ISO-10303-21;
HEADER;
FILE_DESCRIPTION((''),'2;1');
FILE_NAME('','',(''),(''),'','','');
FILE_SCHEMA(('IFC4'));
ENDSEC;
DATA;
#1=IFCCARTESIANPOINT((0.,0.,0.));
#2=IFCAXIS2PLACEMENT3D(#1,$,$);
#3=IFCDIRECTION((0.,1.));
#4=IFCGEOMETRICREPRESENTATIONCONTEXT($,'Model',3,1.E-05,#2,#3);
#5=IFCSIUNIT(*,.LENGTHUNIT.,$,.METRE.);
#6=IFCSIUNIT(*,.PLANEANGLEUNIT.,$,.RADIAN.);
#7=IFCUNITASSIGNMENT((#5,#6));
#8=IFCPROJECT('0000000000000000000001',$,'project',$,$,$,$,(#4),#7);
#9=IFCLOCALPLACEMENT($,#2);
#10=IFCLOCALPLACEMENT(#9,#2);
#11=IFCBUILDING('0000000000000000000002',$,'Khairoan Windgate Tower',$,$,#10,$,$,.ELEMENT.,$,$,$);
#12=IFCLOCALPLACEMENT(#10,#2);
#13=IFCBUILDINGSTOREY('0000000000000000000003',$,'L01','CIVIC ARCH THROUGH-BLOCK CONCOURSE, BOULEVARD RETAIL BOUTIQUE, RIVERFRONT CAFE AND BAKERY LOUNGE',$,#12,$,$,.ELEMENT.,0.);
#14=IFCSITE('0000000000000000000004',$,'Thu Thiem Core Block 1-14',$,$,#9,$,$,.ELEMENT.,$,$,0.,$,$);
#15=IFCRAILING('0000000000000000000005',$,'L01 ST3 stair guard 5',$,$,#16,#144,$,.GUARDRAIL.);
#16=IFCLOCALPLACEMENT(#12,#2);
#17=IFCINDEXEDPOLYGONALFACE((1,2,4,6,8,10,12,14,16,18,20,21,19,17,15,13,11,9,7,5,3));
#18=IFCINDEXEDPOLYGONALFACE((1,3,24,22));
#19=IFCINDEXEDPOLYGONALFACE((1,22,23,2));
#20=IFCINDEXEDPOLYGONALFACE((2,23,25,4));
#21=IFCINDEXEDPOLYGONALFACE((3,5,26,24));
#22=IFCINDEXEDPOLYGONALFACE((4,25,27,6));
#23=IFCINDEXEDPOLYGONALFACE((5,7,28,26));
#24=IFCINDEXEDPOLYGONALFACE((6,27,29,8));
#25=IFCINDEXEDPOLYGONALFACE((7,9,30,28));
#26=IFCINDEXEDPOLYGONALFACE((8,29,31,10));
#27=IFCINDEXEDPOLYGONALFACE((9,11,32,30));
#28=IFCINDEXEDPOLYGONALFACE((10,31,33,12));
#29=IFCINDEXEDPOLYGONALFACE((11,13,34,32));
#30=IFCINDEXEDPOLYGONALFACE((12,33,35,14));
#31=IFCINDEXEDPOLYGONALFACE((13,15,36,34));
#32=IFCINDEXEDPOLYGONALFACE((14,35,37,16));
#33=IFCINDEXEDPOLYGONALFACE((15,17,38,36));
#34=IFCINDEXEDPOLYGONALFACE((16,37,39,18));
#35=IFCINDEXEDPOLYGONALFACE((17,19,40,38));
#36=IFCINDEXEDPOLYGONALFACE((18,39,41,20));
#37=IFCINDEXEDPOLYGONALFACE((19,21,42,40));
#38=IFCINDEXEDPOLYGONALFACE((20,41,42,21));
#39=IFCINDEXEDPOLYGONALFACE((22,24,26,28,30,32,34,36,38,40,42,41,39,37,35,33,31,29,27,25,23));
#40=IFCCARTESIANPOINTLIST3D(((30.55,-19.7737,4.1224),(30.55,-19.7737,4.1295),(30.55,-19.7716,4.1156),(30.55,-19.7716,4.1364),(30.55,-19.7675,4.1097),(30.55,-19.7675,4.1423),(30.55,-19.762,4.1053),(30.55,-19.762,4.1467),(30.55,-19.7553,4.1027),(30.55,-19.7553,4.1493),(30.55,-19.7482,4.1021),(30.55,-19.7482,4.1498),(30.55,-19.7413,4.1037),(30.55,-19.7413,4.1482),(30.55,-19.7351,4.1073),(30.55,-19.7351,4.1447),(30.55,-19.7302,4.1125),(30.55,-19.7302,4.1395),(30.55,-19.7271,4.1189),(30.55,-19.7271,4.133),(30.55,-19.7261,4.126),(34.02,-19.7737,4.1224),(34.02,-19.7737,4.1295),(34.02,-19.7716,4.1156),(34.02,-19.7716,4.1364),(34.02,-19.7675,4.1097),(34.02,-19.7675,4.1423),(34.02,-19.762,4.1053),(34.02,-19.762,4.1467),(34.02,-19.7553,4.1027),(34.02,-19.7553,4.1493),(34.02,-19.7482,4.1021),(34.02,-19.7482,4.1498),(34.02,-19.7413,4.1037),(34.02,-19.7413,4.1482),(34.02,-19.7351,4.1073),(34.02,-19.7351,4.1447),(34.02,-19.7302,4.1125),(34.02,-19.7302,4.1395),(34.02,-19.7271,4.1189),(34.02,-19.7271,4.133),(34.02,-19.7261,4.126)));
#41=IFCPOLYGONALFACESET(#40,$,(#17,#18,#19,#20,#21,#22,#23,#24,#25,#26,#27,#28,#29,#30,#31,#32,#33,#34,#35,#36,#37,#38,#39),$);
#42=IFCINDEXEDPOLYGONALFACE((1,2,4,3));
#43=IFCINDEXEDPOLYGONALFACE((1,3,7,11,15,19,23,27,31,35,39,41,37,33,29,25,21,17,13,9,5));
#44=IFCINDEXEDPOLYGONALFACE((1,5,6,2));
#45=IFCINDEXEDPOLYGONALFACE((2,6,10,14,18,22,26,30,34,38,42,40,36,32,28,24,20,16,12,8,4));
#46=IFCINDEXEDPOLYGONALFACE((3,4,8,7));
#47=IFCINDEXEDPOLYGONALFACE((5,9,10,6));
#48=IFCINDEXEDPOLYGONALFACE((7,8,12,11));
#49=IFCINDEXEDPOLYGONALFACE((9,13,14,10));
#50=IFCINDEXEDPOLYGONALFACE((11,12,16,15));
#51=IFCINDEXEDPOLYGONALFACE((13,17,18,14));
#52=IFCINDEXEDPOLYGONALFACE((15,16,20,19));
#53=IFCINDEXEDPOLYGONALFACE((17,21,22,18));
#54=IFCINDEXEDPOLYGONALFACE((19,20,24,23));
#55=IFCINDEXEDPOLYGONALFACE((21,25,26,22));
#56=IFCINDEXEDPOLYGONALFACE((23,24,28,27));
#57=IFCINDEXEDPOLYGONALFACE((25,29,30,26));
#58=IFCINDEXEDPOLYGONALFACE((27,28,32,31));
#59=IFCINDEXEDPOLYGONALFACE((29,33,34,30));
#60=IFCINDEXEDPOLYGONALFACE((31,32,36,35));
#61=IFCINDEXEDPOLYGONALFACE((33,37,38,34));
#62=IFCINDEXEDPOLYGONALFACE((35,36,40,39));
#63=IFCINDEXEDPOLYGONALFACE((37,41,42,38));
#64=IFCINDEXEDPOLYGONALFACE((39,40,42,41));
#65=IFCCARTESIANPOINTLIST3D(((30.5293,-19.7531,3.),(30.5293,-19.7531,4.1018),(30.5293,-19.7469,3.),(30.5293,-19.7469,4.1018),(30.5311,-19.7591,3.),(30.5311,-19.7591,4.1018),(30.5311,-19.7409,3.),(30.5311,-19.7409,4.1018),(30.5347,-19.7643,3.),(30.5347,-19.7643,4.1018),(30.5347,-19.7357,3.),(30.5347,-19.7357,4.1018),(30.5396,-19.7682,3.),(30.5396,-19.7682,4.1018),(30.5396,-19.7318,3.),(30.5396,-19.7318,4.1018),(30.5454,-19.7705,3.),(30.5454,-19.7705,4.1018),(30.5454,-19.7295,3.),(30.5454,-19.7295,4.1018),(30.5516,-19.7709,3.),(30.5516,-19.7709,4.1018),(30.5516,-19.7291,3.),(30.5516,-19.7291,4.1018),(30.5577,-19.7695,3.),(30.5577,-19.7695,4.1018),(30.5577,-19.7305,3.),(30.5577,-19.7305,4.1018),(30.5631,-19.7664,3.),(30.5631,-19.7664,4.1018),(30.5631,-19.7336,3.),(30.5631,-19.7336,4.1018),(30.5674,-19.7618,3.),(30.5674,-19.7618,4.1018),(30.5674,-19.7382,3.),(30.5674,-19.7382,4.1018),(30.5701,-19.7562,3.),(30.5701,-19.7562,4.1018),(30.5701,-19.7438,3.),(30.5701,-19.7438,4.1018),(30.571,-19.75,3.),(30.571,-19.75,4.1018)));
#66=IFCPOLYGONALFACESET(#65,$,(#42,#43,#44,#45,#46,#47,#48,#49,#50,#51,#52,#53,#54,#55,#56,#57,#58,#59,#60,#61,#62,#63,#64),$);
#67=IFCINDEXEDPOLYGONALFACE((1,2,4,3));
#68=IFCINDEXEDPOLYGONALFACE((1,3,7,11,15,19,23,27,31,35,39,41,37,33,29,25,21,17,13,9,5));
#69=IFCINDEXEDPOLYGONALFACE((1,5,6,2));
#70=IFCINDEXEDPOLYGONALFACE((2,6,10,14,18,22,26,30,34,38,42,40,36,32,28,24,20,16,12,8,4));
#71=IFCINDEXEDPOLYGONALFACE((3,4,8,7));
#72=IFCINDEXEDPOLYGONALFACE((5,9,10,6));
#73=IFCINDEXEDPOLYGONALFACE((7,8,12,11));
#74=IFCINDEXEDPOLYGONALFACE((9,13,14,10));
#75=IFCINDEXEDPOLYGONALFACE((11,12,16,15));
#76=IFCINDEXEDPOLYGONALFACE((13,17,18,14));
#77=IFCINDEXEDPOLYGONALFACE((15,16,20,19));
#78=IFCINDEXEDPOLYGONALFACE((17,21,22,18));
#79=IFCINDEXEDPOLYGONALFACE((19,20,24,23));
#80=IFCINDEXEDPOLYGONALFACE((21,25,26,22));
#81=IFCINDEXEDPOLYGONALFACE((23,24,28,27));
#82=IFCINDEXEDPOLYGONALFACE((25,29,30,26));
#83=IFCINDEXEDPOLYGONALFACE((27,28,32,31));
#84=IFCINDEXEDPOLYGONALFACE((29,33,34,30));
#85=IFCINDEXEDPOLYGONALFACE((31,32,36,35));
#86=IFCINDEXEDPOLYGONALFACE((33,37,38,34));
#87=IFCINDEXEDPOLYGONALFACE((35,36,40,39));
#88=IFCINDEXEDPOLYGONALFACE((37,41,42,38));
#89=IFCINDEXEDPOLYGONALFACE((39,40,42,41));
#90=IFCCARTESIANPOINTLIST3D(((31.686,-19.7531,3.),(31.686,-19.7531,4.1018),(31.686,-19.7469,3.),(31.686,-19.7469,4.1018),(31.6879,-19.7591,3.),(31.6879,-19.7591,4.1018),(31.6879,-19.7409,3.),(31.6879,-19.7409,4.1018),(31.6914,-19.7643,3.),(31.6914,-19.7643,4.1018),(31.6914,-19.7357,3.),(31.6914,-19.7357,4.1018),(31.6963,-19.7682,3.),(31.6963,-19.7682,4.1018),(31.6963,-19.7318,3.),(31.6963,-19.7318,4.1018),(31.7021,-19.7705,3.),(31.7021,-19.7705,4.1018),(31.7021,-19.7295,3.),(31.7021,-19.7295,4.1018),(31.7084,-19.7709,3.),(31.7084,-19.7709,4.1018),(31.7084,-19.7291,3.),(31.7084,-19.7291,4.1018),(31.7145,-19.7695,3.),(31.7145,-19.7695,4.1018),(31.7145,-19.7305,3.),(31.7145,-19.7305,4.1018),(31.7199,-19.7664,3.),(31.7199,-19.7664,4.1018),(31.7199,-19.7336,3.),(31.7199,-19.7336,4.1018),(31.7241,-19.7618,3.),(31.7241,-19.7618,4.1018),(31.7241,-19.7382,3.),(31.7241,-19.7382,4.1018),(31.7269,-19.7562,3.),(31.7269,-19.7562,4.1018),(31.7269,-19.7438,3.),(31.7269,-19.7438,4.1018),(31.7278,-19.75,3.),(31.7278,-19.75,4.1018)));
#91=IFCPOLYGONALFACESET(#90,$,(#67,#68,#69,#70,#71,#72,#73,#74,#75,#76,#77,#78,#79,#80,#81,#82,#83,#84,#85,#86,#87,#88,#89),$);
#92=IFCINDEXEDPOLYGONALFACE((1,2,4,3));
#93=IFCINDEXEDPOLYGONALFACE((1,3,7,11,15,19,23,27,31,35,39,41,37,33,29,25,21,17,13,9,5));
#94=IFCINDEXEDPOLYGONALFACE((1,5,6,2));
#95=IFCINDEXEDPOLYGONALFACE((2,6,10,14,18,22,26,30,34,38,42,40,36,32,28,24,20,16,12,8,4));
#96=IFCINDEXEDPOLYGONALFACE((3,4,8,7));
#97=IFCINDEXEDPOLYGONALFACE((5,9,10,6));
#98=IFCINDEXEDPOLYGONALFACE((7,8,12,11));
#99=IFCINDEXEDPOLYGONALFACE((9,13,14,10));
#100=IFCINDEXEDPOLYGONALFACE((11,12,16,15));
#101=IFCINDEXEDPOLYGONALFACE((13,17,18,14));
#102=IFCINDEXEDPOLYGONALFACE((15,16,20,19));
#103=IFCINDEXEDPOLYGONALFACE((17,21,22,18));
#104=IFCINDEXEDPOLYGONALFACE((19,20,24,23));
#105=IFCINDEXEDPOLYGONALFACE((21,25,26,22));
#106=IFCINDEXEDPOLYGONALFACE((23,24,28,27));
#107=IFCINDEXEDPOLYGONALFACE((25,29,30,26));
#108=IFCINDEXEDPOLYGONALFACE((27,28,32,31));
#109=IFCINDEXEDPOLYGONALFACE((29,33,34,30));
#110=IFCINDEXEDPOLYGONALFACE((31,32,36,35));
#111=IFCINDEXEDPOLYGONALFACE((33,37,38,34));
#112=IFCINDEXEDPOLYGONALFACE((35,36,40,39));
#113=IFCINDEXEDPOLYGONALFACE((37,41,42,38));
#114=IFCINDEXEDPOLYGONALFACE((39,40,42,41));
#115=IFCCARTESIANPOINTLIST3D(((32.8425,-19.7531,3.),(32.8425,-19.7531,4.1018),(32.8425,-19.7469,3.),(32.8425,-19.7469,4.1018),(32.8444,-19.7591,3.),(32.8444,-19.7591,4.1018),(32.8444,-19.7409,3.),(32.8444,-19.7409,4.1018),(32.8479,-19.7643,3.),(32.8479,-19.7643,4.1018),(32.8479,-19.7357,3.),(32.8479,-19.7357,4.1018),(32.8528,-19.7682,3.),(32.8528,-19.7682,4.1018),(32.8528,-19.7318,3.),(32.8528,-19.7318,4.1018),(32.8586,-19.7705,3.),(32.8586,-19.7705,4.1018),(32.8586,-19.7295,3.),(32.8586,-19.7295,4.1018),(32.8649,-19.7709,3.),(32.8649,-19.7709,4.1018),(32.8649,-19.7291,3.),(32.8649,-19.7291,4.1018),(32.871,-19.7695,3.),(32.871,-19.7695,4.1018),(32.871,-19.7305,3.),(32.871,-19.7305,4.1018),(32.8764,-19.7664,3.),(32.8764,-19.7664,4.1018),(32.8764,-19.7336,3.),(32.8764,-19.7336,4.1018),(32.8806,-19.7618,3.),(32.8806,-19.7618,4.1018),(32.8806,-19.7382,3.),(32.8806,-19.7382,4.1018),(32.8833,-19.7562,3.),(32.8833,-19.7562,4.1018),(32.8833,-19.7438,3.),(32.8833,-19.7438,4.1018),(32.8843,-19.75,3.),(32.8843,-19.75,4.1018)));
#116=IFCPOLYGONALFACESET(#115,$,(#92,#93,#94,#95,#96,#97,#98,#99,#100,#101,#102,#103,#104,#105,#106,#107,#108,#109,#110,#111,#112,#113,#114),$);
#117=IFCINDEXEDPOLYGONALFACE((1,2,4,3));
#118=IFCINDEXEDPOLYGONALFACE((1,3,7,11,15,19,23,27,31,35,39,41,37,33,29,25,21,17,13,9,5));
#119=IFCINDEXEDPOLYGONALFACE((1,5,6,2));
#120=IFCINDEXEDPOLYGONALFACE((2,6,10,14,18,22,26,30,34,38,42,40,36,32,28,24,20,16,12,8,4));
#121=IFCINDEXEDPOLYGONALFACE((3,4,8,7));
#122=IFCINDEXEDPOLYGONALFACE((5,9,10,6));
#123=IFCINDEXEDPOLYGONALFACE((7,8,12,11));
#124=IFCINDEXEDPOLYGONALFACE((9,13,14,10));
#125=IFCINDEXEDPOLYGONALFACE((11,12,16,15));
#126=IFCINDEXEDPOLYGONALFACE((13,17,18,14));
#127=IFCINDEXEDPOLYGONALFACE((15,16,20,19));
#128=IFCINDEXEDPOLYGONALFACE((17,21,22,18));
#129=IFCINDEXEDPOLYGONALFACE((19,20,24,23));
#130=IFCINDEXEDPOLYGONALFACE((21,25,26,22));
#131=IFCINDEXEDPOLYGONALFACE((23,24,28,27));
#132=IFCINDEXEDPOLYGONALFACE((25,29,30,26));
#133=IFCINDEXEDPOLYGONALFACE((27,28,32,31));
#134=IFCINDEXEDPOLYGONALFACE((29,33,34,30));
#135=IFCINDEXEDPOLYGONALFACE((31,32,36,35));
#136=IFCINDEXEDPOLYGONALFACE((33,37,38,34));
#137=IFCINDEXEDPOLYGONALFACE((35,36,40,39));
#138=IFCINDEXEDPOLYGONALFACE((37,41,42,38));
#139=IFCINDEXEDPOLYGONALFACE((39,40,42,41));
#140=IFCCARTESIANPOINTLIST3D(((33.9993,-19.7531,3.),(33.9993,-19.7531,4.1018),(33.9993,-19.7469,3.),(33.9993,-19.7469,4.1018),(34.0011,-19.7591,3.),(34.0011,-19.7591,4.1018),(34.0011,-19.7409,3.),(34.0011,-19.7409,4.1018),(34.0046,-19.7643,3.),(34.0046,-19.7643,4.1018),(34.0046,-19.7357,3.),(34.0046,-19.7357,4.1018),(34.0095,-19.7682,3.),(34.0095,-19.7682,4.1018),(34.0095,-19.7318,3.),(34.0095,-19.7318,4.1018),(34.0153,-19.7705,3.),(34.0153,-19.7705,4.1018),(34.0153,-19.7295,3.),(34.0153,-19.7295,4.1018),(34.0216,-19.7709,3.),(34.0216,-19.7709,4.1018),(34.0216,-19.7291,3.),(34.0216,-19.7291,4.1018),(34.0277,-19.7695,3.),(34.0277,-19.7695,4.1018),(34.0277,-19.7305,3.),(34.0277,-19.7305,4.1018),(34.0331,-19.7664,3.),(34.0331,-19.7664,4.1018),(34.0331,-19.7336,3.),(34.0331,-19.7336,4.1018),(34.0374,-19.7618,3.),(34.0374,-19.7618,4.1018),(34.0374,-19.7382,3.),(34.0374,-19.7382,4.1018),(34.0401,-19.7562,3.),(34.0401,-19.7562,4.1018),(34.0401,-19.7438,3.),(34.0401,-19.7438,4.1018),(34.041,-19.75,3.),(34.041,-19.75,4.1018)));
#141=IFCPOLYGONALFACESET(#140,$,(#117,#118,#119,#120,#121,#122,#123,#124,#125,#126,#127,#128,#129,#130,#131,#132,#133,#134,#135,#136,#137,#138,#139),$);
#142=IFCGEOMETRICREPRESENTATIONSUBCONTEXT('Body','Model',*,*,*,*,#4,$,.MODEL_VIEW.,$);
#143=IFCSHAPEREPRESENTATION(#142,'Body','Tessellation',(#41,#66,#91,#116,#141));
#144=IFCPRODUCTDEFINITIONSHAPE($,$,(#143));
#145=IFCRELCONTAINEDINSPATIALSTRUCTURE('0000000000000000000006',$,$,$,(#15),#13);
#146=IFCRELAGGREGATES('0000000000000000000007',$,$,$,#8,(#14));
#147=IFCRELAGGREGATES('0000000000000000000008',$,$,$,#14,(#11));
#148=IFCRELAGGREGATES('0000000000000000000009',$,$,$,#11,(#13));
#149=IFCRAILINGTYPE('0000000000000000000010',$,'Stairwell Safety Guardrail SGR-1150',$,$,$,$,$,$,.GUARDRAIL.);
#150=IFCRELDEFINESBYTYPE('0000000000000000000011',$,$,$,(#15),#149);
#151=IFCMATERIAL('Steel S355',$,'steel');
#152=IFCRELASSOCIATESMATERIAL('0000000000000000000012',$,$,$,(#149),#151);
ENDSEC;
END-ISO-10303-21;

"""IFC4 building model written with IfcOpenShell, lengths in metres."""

from ifc_helpers import new_model, si_unit, direction, frame, origin, origin_2d, place, context, subcontext, project, spatial, circle, extrude, material, type_object, element, save


model = new_model("IFC4")

# Units and contexts
model_context = context("Model", 3, precision=1e-05, world=origin(), true_north=direction((0.0, 1.0)))
body_context = subcontext(model_context, "Body", "Model", "MODEL_VIEW")
ifc_project = project(units=[si_unit("LENGTHUNIT", "METRE"), si_unit("PLANEANGLEUNIT", "RADIAN")], contexts=[model_context])

# Site, building, storey
site_placement = place(None, origin())
site = spatial("IfcSite", under=ifc_project, at=site_placement, Name="Thu Thiem Core Block 1-14", CompositionType="ELEMENT", RefElevation=0.0)
building_placement = place(site_placement, origin())
building = spatial("IfcBuilding", under=site, at=building_placement, Name="Khairoan Windgate Tower", CompositionType="ELEMENT")
storey_placement = place(building_placement, origin())
storey = spatial("IfcBuildingStorey", under=building, at=storey_placement, Name="L01", Description="CIVIC ARCH THROUGH-BLOCK CONCOURSE, BOULEVARD RETAIL BOUTIQUE, RIVERFRONT CAFE AND BAKERY LOUNGE", CompositionType="ELEMENT", Elevation=0.0)

# Railing
ifc_material_1 = material(Name="Steel S355", Category="steel")
railing_type = type_object("IfcRailingType", Name="Stairwell Safety Guardrail SGR-1150", PredefinedType="GUARDRAIL", material=ifc_material_1)
railing_1_placement = place(storey_placement, frame((30.55, -19.75, 3.0)))
element("IfcRailing", 1, at=railing_1_placement, inside=storey, type_object=railing_type, Name="L01 ST3 stair guard 5", PredefinedType="GUARDRAIL", context=body_context, shape_type="SweptSolid", body=[
    extrude(circle(Radius=0.0239, at=origin_2d()), frame((0.0, 0.0, 1.126), z_axis=(1.0, 0.0, 0.0), x_axis=(0.0, 1.0, 0.0)), (0.0, 0.0, 1.0), 3.47),
    extrude(circle(Radius=0.021, at=origin_2d()), origin(), (0.0, 0.0, 1.0), 1.1018),
    extrude(circle(Radius=0.021, at=origin_2d()), frame((1.1567, 0.0, 0.0)), (0.0, 0.0, 1.0), 1.1018),
    extrude(circle(Radius=0.021, at=origin_2d()), frame((2.3132, 0.0, 0.0)), (0.0, 0.0, 1.0), 1.1018),
    extrude(circle(Radius=0.021, at=origin_2d()), frame((3.47, 0.0, 0.0)), (0.0, 0.0, 1.0), 1.1018),
])

save(model, "model.ifc")
